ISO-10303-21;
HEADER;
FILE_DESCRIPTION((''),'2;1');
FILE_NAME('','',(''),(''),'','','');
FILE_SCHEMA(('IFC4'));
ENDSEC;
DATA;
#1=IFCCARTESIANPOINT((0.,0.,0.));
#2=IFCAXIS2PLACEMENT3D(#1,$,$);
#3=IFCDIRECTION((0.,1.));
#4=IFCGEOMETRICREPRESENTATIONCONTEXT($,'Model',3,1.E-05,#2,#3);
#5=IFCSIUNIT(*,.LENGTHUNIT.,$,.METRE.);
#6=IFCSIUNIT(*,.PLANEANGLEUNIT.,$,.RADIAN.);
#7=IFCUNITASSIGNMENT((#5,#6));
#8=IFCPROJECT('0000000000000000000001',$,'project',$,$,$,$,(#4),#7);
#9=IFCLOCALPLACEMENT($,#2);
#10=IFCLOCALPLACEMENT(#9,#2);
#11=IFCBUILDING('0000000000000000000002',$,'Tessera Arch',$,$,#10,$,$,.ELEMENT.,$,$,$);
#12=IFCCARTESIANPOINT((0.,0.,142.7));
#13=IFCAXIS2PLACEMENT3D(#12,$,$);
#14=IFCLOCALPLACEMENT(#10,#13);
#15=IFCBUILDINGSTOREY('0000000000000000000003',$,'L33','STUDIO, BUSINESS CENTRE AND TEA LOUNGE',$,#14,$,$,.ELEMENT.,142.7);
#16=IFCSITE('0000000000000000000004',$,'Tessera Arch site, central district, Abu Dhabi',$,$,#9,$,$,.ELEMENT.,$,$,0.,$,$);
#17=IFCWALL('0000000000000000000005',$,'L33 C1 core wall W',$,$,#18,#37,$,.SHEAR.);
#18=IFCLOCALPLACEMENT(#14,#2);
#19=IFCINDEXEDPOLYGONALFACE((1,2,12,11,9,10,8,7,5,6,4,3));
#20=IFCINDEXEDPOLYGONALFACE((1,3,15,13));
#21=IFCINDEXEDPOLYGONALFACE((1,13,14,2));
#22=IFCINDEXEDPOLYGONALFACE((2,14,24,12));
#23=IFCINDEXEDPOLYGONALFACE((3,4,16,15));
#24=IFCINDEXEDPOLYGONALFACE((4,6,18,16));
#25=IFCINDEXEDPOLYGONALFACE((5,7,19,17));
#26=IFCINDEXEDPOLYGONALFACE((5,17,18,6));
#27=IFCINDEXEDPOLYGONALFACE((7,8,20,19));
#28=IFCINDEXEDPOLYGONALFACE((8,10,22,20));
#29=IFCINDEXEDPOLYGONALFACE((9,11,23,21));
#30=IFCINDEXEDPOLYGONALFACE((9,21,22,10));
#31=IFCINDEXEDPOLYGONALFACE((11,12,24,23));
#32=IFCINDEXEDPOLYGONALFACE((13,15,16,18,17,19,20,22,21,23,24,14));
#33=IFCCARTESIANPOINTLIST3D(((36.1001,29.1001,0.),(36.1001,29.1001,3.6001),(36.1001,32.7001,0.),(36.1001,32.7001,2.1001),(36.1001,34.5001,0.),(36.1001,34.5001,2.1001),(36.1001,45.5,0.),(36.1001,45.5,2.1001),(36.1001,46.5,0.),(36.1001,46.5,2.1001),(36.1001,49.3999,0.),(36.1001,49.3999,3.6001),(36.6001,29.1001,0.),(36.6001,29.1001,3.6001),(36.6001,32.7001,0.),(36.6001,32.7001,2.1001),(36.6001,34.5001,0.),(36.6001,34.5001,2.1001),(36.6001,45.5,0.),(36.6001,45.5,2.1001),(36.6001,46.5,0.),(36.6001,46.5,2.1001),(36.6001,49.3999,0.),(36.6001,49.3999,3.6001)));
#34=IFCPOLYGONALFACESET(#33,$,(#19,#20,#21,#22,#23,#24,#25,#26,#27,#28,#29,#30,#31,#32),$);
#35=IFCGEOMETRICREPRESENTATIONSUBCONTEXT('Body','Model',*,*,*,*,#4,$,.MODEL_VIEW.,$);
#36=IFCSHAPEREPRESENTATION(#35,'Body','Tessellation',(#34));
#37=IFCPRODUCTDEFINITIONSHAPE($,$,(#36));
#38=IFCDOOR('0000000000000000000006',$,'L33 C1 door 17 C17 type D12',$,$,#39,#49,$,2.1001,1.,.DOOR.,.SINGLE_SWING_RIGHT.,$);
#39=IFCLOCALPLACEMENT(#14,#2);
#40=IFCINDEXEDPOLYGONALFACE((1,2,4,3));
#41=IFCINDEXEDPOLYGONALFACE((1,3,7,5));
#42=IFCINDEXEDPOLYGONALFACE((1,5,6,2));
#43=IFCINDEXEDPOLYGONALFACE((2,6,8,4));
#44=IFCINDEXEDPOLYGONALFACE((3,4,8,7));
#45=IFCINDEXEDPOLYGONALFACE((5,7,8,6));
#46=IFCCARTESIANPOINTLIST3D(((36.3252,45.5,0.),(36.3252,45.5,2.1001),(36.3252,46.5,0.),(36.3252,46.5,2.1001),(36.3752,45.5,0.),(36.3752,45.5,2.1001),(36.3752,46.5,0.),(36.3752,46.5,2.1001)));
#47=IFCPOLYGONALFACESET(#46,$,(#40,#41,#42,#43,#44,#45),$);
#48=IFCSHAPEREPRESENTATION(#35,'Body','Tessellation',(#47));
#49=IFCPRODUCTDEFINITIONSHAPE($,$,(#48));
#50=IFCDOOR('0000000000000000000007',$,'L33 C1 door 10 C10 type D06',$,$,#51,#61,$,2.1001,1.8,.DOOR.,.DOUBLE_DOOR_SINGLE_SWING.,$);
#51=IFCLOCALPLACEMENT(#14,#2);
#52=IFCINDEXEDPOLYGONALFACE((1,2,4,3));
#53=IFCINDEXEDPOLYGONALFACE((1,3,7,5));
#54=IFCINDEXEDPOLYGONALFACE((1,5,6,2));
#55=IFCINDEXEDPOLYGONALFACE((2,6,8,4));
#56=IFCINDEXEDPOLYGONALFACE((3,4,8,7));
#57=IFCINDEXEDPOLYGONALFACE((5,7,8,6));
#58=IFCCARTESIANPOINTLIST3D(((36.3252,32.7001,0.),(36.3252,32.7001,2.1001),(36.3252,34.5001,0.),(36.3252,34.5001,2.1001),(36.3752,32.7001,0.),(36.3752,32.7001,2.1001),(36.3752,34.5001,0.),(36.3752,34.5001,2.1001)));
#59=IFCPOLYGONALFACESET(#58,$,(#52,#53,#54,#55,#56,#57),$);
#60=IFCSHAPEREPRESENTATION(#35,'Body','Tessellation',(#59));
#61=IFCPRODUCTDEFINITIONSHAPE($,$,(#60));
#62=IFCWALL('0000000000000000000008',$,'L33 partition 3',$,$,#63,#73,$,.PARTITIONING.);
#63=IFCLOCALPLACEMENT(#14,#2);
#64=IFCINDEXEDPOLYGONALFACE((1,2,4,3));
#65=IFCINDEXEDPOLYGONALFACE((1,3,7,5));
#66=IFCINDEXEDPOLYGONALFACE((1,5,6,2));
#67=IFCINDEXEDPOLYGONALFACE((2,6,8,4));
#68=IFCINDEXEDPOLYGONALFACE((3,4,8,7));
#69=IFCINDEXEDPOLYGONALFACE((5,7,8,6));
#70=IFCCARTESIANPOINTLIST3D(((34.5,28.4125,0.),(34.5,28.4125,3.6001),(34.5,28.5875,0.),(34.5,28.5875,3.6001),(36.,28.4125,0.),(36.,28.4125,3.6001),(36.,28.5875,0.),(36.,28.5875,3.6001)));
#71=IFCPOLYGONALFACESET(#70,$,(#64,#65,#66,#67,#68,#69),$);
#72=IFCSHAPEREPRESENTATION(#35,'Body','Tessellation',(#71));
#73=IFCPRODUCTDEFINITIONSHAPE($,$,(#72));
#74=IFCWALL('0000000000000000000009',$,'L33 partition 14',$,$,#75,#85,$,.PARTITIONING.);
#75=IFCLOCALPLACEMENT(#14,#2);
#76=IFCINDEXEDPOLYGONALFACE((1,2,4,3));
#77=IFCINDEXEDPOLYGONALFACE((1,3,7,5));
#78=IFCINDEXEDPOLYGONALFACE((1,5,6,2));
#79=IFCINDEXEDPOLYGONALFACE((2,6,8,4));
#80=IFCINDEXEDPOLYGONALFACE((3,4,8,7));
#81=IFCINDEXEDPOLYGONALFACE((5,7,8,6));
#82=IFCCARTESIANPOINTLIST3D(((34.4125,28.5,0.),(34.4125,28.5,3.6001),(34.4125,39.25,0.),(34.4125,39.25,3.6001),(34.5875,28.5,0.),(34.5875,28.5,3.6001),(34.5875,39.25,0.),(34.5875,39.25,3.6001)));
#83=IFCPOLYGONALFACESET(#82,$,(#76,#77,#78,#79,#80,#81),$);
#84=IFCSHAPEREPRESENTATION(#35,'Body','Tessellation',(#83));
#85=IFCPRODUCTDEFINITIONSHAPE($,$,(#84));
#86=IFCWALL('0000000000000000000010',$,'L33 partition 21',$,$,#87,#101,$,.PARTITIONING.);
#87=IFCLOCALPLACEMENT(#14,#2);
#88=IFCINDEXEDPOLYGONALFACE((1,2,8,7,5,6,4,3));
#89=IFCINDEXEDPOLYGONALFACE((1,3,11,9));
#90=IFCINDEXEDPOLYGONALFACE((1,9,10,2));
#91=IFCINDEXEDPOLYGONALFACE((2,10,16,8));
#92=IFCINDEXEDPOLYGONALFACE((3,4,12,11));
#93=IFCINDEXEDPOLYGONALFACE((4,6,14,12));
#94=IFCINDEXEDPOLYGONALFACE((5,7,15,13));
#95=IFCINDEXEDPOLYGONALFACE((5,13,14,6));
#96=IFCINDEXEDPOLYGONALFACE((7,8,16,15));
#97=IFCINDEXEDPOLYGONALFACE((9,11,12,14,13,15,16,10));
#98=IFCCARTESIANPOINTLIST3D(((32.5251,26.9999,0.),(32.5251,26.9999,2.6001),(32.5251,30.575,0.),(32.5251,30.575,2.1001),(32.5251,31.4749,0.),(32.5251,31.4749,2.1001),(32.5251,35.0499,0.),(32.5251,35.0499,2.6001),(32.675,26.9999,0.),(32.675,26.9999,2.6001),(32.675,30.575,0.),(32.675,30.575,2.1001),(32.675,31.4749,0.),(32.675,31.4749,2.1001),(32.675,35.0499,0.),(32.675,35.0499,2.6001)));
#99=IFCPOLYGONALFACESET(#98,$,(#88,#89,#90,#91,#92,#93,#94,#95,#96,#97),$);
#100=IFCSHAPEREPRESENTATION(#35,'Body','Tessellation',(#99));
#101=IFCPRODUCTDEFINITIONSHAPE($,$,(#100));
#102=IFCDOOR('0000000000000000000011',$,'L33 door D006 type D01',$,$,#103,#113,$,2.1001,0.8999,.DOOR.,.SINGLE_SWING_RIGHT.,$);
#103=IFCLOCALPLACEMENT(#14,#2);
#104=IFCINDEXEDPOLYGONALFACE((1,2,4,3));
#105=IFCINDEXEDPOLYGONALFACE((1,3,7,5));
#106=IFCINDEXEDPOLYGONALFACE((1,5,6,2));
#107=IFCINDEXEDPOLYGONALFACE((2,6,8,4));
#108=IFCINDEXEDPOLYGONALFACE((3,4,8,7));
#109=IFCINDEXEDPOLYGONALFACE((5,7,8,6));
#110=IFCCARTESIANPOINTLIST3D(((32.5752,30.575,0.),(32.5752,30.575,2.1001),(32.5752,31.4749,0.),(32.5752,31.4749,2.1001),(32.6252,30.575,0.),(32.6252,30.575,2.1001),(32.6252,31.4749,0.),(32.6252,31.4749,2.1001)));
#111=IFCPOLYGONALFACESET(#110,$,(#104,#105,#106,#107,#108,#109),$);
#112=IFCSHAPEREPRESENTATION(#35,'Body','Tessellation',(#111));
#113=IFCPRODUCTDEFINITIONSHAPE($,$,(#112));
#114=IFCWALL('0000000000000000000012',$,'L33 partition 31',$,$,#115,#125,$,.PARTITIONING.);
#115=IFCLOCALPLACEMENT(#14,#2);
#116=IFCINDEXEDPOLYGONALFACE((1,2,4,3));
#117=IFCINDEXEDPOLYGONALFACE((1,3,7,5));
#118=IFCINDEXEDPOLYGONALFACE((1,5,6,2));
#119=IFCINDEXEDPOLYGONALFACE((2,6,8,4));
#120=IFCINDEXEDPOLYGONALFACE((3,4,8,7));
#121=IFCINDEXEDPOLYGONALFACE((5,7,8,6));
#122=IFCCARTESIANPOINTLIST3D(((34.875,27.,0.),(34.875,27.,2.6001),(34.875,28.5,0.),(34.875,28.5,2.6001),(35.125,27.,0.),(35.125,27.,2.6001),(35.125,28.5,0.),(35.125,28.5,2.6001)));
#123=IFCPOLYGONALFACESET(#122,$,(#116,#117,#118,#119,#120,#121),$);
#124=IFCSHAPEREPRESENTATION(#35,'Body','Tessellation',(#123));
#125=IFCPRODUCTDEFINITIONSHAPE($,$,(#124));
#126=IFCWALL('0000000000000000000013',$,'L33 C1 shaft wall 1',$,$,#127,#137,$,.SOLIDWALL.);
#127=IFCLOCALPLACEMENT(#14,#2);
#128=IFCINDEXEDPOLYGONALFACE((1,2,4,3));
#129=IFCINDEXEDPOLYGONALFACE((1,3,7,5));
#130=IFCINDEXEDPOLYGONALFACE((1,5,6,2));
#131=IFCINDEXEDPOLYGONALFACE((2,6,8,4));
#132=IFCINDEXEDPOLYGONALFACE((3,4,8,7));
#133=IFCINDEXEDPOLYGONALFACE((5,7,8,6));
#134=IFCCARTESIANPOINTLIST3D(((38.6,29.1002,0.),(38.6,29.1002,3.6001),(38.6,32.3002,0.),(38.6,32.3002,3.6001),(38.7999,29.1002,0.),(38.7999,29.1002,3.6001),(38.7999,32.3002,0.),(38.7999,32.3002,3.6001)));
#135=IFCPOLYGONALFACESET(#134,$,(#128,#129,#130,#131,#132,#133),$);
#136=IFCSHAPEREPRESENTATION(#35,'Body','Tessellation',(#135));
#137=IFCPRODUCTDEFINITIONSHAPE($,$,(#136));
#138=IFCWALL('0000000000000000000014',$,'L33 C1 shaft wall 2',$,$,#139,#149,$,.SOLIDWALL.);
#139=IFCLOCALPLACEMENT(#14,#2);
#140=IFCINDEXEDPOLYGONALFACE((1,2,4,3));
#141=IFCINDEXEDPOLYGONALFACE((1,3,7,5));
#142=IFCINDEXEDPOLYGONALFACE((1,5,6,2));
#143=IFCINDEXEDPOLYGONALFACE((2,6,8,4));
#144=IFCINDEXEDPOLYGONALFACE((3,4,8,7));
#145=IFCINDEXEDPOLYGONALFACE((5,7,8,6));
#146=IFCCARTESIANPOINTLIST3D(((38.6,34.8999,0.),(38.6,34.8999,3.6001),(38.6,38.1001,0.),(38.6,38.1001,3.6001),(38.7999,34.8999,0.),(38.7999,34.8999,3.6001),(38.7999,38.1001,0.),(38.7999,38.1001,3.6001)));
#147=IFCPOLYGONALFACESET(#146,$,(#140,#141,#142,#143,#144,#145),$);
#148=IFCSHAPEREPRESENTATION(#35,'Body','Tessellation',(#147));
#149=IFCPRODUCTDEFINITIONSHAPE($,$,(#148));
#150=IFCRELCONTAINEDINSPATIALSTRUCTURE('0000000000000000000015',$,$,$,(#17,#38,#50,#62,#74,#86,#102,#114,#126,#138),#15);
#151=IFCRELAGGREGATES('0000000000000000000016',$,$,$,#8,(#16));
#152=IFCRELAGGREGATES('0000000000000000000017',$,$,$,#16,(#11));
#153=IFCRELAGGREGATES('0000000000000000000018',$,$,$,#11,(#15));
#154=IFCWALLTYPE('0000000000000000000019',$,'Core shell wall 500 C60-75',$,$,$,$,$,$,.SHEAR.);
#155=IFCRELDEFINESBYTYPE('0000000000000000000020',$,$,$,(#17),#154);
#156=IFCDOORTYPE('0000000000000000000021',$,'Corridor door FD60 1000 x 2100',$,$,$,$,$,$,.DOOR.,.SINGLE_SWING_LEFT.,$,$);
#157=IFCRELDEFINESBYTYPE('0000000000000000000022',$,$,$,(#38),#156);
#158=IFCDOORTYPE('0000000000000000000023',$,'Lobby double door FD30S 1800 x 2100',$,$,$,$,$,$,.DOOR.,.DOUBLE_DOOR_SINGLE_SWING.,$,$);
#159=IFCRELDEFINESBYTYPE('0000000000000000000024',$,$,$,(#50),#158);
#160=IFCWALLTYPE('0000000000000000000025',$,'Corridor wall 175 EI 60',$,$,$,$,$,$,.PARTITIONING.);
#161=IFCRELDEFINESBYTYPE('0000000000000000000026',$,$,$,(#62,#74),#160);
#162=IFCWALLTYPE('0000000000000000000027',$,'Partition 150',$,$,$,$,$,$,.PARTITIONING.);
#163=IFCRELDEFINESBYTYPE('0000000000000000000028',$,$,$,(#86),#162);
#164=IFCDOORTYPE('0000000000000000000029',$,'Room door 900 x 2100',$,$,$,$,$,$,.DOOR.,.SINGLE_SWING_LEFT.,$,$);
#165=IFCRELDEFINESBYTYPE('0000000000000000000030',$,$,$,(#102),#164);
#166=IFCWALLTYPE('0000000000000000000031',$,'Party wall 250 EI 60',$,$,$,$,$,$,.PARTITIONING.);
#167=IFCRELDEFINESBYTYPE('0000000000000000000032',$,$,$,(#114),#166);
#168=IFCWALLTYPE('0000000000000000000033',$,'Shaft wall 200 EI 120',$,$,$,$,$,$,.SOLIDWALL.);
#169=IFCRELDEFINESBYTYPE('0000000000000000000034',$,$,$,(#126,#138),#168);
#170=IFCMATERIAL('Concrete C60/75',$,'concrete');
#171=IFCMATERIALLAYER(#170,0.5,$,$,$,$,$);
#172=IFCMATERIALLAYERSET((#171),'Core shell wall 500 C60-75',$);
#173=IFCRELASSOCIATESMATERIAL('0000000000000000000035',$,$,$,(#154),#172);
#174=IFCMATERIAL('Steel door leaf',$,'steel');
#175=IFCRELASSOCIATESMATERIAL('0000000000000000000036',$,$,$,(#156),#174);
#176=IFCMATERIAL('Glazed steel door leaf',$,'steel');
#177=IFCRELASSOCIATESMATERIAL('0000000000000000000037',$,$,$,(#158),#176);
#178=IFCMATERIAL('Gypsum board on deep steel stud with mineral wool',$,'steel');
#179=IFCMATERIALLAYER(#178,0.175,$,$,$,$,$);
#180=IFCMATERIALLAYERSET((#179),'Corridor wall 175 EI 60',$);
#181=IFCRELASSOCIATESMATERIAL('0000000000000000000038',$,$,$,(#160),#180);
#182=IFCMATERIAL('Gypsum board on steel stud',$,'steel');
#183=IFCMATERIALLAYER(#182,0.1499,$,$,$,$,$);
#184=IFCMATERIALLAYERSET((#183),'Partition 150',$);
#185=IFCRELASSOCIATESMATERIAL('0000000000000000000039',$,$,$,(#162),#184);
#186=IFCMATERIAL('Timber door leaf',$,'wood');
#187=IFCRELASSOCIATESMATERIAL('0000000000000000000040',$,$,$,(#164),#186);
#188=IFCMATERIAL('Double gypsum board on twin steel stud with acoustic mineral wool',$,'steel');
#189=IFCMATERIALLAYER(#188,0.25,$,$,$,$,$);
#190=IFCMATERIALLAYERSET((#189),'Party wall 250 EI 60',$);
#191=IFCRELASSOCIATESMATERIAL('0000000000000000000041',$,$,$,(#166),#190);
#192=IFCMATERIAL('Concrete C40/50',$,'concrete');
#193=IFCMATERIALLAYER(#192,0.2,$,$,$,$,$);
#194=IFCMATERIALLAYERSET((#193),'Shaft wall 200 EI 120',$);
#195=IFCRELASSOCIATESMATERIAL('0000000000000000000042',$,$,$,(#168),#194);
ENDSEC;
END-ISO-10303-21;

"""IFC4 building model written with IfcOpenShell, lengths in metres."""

from ifc_helpers import new_model, si_unit, direction, frame, frame_2d, origin, place, context, subcontext, project, spatial, rectangle, extrude, material, layer, layer_set, type_object, element, fill, save


model = new_model("IFC4")

# Units and contexts
model_context = context("Model", 3, precision=1e-05, world=origin(), true_north=direction((0.0, 1.0)))
body_context = subcontext(model_context, "Body", "Model", "MODEL_VIEW")
ifc_project = project(units=[si_unit("LENGTHUNIT", "METRE"), si_unit("PLANEANGLEUNIT", "RADIAN")], contexts=[model_context])

# Site, building, storey
site_placement = place(None, origin())
site = spatial("IfcSite", under=ifc_project, at=site_placement, Name="Tessera Arch site, central district, Abu Dhabi", CompositionType="ELEMENT", RefElevation=0.0)
building_placement = place(site_placement, origin())
building = spatial("IfcBuilding", under=site, at=building_placement, Name="Tessera Arch", CompositionType="ELEMENT")
storey_placement = place(building_placement, frame((0.0, 0.0, 142.7)))
storey = spatial("IfcBuildingStorey", under=building, at=storey_placement, Name="L33", Description="STUDIO, BUSINESS CENTRE AND TEA LOUNGE", CompositionType="ELEMENT", Elevation=142.7)

# Wall, openings, doors
ifc_material_1 = material(Name="Concrete C60/75", Category="concrete")
ifc_layer_1 = layer(ifc_material_1, 0.5)
ifc_layer_set_1 = layer_set([ifc_layer_1], Name="Core shell wall 500 C60-75")
wall_type_1 = type_object("IfcWallType", Name="Core shell wall 500 C60-75", PredefinedType="SHEAR", material=ifc_layer_set_1)
wall_1_placement = place(storey_placement, frame((36.3501, 29.1001, 0.0), z_axis=(0.0, 0.0, 1.0), x_axis=(0.0, 1.0, 0.0)))
wall_1 = element("IfcWall", 1, at=wall_1_placement, inside=storey, type_object=wall_type_1, Name="L33 C1 core wall W", PredefinedType="SHEAR", context=body_context, shape_type="SweptSolid", body=[
    extrude(rectangle(XDim=20.2998, YDim=0.5, at=frame_2d((10.1499, 0.0))), origin(), (0.0, 0.0, 1.0), 3.6001),
])
opening_1_placement = place(wall_1_placement, frame((3.6001, 0.0, 0.0)))
opening_1 = element("IfcOpeningElement", 2, at=opening_1_placement, cuts=wall_1, PredefinedType="OPENING", context=body_context, shape_type="SweptSolid", body=[
    extrude(rectangle(XDim=1.8, YDim=2.1001, at=frame_2d((0.8999, 1.05))), frame((0.0, 0.26, 0.0), z_axis=(0.0, -1.0, 0.0), x_axis=(1.0, 0.0, 0.0)), (0.0, 0.0, 1.0), 0.52),
])
opening_2_placement = place(wall_1_placement, frame((16.3999, 0.0, 0.0)))
opening_2 = element("IfcOpeningElement", 3, at=opening_2_placement, cuts=wall_1, PredefinedType="OPENING", context=body_context, shape_type="SweptSolid", body=[
    extrude(rectangle(XDim=1.0, YDim=2.1001, at=frame_2d((0.5, 1.05))), frame((0.0, 0.26, 0.0), z_axis=(0.0, -1.0, 0.0), x_axis=(1.0, 0.0, 0.0)), (0.0, 0.0, 1.0), 0.52),
])
ifc_material_2 = material(Name="Steel door leaf", Category="steel")
door_type_1 = type_object("IfcDoorType", Name="Corridor door FD60 1000 x 2100", OperationType="SINGLE_SWING_LEFT", PredefinedType="DOOR", material=ifc_material_2)
door_1_placement = place(opening_2_placement, origin())
door_1 = element("IfcDoor", 4, at=door_1_placement, inside=storey, type_object=door_type_1, Name="L33 C1 door 17 C17 type D12", OperationType="SINGLE_SWING_RIGHT", OverallHeight=2.1001, OverallWidth=1.0, PredefinedType="DOOR", context=body_context, shape_type="SweptSolid", body=[
    extrude(rectangle(XDim=1.0, YDim=2.1001, at=frame_2d((0.5, 1.05))), frame((0.0, 0.0249, 0.0), z_axis=(0.0, -1.0, 0.0), x_axis=(1.0, 0.0, 0.0)), (0.0, 0.0, 1.0), 0.05),
])
fill(opening_2, door_1)
ifc_material_3 = material(Name="Glazed steel door leaf", Category="steel")
door_type_2 = type_object("IfcDoorType", Name="Lobby double door FD30S 1800 x 2100", OperationType="DOUBLE_DOOR_SINGLE_SWING", PredefinedType="DOOR", material=ifc_material_3)
door_2_placement = place(opening_1_placement, origin())
door_2 = element("IfcDoor", 5, at=door_2_placement, inside=storey, type_object=door_type_2, Name="L33 C1 door 10 C10 type D06", OperationType="DOUBLE_DOOR_SINGLE_SWING", OverallHeight=2.1001, OverallWidth=1.8, PredefinedType="DOOR", context=body_context, shape_type="SweptSolid", body=[
    extrude(rectangle(XDim=1.8, YDim=2.1001, at=frame_2d((0.8999, 1.05))), frame((0.0, 0.0249, 0.0), z_axis=(0.0, -1.0, 0.0), x_axis=(1.0, 0.0, 0.0)), (0.0, 0.0, 1.0), 0.05),
])
fill(opening_1, door_2)

# Walls
ifc_material_4 = material(Name="Gypsum board on deep steel stud with mineral wool", Category="steel")
ifc_layer_2 = layer(ifc_material_4, 0.175)
ifc_layer_set_2 = layer_set([ifc_layer_2], Name="Corridor wall 175 EI 60")
wall_type_2 = type_object("IfcWallType", Name="Corridor wall 175 EI 60", PredefinedType="PARTITIONING", material=ifc_layer_set_2)
wall_2_placement = place(storey_placement, frame((34.5, 28.5, 0.0), z_axis=(0.0, 0.0, 1.0), x_axis=(1.0, 0.0, 0.0)))
element("IfcWall", 6, at=wall_2_placement, inside=storey, type_object=wall_type_2, Name="L33 partition 3", PredefinedType="PARTITIONING", context=body_context, shape_type="SweptSolid", body=[
    extrude(rectangle(XDim=1.5, YDim=0.175, at=frame_2d((0.75, 0.0))), origin(), (0.0, 0.0, 1.0), 3.6001),
])
wall_3_placement = place(storey_placement, frame((34.5, 28.5, 0.0), z_axis=(0.0, 0.0, 1.0), x_axis=(0.0, 1.0, 0.0)))
element("IfcWall", 7, at=wall_3_placement, inside=storey, type_object=wall_type_2, Name="L33 partition 14", PredefinedType="PARTITIONING", context=body_context, shape_type="SweptSolid", body=[
    extrude(rectangle(XDim=10.75, YDim=0.175, at=frame_2d((5.375, 0.0))), origin(), (0.0, 0.0, 1.0), 3.6001),
])

# Wall, opening, door
ifc_material_5 = material(Name="Gypsum board on steel stud", Category="steel")
ifc_layer_3 = layer(ifc_material_5, 0.1499)
ifc_layer_set_3 = layer_set([ifc_layer_3], Name="Partition 150")
wall_type_3 = type_object("IfcWallType", Name="Partition 150", PredefinedType="PARTITIONING", material=ifc_layer_set_3)
wall_4_placement = place(storey_placement, frame((32.6001, 27.0, 0.0), z_axis=(0.0, 0.0, 1.0), x_axis=(0.0, 1.0, 0.0)))
wall_4 = element("IfcWall", 8, at=wall_4_placement, inside=storey, type_object=wall_type_3, Name="L33 partition 21", PredefinedType="PARTITIONING", context=body_context, shape_type="SweptSolid", body=[
    extrude(rectangle(XDim=8.05, YDim=0.1499, at=frame_2d((4.0249, 0.0))), origin(), (0.0, 0.0, 1.0), 2.6001),
])
opening_3_placement = place(wall_4_placement, frame((3.575, 0.0, 0.0)))
opening_3 = element("IfcOpeningElement", 9, at=opening_3_placement, cuts=wall_4, PredefinedType="OPENING", context=body_context, shape_type="SweptSolid", body=[
    extrude(rectangle(XDim=0.8999, YDim=2.1001, at=frame_2d((0.45, 1.05))), frame((0.0, 0.085, 0.0), z_axis=(0.0, -1.0, 0.0), x_axis=(1.0, 0.0, 0.0)), (0.0, 0.0, 1.0), 0.1699),
])
ifc_material_6 = material(Name="Timber door leaf", Category="wood")
door_type_3 = type_object("IfcDoorType", Name="Room door 900 x 2100", OperationType="SINGLE_SWING_LEFT", PredefinedType="DOOR", material=ifc_material_6)
door_3_placement = place(opening_3_placement, origin())
door_3 = element("IfcDoor", 10, at=door_3_placement, inside=storey, type_object=door_type_3, Name="L33 door D006 type D01", OperationType="SINGLE_SWING_RIGHT", OverallHeight=2.1001, OverallWidth=0.8999, PredefinedType="DOOR", context=body_context, shape_type="SweptSolid", body=[
    extrude(rectangle(XDim=0.8999, YDim=2.1001, at=frame_2d((0.45, 1.05))), frame((0.0, 0.0249, 0.0), z_axis=(0.0, -1.0, 0.0), x_axis=(1.0, 0.0, 0.0)), (0.0, 0.0, 1.0), 0.05),
])
fill(opening_3, door_3)

# Walls
ifc_material_7 = material(Name="Double gypsum board on twin steel stud with acoustic mineral wool", Category="steel")
ifc_layer_4 = layer(ifc_material_7, 0.25)
ifc_layer_set_4 = layer_set([ifc_layer_4], Name="Party wall 250 EI 60")
wall_type_4 = type_object("IfcWallType", Name="Party wall 250 EI 60", PredefinedType="PARTITIONING", material=ifc_layer_set_4)
wall_5_placement = place(storey_placement, frame((35.0, 27.0, 0.0), z_axis=(0.0, 0.0, 1.0), x_axis=(0.0, 1.0, 0.0)))
element("IfcWall", 11, at=wall_5_placement, inside=storey, type_object=wall_type_4, Name="L33 partition 31", PredefinedType="PARTITIONING", context=body_context, shape_type="SweptSolid", body=[
    extrude(rectangle(XDim=1.5, YDim=0.25, at=frame_2d((0.75, 0.0))), origin(), (0.0, 0.0, 1.0), 2.6001),
])
ifc_material_8 = material(Name="Concrete C40/50", Category="concrete")
ifc_layer_5 = layer(ifc_material_8, 0.2)
ifc_layer_set_5 = layer_set([ifc_layer_5], Name="Shaft wall 200 EI 120")
wall_type_5 = type_object("IfcWallType", Name="Shaft wall 200 EI 120", PredefinedType="SOLIDWALL", material=ifc_layer_set_5)
wall_6_placement = place(storey_placement, frame((38.7, 29.1001, 0.0), z_axis=(0.0, 0.0, 1.0), x_axis=(0.0, 1.0, 0.0)))
element("IfcWall", 12, at=wall_6_placement, inside=storey, type_object=wall_type_5, Name="L33 C1 shaft wall 1", PredefinedType="SOLIDWALL", context=body_context, shape_type="SweptSolid", body=[
    extrude(rectangle(XDim=3.2, YDim=0.2, at=frame_2d((1.6001, 0.0))), origin(), (0.0, 0.0, 1.0), 3.6001),
])
wall_7_placement = place(storey_placement, frame((38.7, 34.8999, 0.0), z_axis=(0.0, 0.0, 1.0), x_axis=(0.0, 1.0, 0.0)))
element("IfcWall", 13, at=wall_7_placement, inside=storey, type_object=wall_type_5, Name="L33 C1 shaft wall 2", PredefinedType="SOLIDWALL", context=body_context, shape_type="SweptSolid", body=[
    extrude(rectangle(XDim=3.2002, YDim=0.2, at=frame_2d((1.6001, 0.0))), origin(), (0.0, 0.0, 1.0), 3.6001),
])

save(model, "model.ifc")
